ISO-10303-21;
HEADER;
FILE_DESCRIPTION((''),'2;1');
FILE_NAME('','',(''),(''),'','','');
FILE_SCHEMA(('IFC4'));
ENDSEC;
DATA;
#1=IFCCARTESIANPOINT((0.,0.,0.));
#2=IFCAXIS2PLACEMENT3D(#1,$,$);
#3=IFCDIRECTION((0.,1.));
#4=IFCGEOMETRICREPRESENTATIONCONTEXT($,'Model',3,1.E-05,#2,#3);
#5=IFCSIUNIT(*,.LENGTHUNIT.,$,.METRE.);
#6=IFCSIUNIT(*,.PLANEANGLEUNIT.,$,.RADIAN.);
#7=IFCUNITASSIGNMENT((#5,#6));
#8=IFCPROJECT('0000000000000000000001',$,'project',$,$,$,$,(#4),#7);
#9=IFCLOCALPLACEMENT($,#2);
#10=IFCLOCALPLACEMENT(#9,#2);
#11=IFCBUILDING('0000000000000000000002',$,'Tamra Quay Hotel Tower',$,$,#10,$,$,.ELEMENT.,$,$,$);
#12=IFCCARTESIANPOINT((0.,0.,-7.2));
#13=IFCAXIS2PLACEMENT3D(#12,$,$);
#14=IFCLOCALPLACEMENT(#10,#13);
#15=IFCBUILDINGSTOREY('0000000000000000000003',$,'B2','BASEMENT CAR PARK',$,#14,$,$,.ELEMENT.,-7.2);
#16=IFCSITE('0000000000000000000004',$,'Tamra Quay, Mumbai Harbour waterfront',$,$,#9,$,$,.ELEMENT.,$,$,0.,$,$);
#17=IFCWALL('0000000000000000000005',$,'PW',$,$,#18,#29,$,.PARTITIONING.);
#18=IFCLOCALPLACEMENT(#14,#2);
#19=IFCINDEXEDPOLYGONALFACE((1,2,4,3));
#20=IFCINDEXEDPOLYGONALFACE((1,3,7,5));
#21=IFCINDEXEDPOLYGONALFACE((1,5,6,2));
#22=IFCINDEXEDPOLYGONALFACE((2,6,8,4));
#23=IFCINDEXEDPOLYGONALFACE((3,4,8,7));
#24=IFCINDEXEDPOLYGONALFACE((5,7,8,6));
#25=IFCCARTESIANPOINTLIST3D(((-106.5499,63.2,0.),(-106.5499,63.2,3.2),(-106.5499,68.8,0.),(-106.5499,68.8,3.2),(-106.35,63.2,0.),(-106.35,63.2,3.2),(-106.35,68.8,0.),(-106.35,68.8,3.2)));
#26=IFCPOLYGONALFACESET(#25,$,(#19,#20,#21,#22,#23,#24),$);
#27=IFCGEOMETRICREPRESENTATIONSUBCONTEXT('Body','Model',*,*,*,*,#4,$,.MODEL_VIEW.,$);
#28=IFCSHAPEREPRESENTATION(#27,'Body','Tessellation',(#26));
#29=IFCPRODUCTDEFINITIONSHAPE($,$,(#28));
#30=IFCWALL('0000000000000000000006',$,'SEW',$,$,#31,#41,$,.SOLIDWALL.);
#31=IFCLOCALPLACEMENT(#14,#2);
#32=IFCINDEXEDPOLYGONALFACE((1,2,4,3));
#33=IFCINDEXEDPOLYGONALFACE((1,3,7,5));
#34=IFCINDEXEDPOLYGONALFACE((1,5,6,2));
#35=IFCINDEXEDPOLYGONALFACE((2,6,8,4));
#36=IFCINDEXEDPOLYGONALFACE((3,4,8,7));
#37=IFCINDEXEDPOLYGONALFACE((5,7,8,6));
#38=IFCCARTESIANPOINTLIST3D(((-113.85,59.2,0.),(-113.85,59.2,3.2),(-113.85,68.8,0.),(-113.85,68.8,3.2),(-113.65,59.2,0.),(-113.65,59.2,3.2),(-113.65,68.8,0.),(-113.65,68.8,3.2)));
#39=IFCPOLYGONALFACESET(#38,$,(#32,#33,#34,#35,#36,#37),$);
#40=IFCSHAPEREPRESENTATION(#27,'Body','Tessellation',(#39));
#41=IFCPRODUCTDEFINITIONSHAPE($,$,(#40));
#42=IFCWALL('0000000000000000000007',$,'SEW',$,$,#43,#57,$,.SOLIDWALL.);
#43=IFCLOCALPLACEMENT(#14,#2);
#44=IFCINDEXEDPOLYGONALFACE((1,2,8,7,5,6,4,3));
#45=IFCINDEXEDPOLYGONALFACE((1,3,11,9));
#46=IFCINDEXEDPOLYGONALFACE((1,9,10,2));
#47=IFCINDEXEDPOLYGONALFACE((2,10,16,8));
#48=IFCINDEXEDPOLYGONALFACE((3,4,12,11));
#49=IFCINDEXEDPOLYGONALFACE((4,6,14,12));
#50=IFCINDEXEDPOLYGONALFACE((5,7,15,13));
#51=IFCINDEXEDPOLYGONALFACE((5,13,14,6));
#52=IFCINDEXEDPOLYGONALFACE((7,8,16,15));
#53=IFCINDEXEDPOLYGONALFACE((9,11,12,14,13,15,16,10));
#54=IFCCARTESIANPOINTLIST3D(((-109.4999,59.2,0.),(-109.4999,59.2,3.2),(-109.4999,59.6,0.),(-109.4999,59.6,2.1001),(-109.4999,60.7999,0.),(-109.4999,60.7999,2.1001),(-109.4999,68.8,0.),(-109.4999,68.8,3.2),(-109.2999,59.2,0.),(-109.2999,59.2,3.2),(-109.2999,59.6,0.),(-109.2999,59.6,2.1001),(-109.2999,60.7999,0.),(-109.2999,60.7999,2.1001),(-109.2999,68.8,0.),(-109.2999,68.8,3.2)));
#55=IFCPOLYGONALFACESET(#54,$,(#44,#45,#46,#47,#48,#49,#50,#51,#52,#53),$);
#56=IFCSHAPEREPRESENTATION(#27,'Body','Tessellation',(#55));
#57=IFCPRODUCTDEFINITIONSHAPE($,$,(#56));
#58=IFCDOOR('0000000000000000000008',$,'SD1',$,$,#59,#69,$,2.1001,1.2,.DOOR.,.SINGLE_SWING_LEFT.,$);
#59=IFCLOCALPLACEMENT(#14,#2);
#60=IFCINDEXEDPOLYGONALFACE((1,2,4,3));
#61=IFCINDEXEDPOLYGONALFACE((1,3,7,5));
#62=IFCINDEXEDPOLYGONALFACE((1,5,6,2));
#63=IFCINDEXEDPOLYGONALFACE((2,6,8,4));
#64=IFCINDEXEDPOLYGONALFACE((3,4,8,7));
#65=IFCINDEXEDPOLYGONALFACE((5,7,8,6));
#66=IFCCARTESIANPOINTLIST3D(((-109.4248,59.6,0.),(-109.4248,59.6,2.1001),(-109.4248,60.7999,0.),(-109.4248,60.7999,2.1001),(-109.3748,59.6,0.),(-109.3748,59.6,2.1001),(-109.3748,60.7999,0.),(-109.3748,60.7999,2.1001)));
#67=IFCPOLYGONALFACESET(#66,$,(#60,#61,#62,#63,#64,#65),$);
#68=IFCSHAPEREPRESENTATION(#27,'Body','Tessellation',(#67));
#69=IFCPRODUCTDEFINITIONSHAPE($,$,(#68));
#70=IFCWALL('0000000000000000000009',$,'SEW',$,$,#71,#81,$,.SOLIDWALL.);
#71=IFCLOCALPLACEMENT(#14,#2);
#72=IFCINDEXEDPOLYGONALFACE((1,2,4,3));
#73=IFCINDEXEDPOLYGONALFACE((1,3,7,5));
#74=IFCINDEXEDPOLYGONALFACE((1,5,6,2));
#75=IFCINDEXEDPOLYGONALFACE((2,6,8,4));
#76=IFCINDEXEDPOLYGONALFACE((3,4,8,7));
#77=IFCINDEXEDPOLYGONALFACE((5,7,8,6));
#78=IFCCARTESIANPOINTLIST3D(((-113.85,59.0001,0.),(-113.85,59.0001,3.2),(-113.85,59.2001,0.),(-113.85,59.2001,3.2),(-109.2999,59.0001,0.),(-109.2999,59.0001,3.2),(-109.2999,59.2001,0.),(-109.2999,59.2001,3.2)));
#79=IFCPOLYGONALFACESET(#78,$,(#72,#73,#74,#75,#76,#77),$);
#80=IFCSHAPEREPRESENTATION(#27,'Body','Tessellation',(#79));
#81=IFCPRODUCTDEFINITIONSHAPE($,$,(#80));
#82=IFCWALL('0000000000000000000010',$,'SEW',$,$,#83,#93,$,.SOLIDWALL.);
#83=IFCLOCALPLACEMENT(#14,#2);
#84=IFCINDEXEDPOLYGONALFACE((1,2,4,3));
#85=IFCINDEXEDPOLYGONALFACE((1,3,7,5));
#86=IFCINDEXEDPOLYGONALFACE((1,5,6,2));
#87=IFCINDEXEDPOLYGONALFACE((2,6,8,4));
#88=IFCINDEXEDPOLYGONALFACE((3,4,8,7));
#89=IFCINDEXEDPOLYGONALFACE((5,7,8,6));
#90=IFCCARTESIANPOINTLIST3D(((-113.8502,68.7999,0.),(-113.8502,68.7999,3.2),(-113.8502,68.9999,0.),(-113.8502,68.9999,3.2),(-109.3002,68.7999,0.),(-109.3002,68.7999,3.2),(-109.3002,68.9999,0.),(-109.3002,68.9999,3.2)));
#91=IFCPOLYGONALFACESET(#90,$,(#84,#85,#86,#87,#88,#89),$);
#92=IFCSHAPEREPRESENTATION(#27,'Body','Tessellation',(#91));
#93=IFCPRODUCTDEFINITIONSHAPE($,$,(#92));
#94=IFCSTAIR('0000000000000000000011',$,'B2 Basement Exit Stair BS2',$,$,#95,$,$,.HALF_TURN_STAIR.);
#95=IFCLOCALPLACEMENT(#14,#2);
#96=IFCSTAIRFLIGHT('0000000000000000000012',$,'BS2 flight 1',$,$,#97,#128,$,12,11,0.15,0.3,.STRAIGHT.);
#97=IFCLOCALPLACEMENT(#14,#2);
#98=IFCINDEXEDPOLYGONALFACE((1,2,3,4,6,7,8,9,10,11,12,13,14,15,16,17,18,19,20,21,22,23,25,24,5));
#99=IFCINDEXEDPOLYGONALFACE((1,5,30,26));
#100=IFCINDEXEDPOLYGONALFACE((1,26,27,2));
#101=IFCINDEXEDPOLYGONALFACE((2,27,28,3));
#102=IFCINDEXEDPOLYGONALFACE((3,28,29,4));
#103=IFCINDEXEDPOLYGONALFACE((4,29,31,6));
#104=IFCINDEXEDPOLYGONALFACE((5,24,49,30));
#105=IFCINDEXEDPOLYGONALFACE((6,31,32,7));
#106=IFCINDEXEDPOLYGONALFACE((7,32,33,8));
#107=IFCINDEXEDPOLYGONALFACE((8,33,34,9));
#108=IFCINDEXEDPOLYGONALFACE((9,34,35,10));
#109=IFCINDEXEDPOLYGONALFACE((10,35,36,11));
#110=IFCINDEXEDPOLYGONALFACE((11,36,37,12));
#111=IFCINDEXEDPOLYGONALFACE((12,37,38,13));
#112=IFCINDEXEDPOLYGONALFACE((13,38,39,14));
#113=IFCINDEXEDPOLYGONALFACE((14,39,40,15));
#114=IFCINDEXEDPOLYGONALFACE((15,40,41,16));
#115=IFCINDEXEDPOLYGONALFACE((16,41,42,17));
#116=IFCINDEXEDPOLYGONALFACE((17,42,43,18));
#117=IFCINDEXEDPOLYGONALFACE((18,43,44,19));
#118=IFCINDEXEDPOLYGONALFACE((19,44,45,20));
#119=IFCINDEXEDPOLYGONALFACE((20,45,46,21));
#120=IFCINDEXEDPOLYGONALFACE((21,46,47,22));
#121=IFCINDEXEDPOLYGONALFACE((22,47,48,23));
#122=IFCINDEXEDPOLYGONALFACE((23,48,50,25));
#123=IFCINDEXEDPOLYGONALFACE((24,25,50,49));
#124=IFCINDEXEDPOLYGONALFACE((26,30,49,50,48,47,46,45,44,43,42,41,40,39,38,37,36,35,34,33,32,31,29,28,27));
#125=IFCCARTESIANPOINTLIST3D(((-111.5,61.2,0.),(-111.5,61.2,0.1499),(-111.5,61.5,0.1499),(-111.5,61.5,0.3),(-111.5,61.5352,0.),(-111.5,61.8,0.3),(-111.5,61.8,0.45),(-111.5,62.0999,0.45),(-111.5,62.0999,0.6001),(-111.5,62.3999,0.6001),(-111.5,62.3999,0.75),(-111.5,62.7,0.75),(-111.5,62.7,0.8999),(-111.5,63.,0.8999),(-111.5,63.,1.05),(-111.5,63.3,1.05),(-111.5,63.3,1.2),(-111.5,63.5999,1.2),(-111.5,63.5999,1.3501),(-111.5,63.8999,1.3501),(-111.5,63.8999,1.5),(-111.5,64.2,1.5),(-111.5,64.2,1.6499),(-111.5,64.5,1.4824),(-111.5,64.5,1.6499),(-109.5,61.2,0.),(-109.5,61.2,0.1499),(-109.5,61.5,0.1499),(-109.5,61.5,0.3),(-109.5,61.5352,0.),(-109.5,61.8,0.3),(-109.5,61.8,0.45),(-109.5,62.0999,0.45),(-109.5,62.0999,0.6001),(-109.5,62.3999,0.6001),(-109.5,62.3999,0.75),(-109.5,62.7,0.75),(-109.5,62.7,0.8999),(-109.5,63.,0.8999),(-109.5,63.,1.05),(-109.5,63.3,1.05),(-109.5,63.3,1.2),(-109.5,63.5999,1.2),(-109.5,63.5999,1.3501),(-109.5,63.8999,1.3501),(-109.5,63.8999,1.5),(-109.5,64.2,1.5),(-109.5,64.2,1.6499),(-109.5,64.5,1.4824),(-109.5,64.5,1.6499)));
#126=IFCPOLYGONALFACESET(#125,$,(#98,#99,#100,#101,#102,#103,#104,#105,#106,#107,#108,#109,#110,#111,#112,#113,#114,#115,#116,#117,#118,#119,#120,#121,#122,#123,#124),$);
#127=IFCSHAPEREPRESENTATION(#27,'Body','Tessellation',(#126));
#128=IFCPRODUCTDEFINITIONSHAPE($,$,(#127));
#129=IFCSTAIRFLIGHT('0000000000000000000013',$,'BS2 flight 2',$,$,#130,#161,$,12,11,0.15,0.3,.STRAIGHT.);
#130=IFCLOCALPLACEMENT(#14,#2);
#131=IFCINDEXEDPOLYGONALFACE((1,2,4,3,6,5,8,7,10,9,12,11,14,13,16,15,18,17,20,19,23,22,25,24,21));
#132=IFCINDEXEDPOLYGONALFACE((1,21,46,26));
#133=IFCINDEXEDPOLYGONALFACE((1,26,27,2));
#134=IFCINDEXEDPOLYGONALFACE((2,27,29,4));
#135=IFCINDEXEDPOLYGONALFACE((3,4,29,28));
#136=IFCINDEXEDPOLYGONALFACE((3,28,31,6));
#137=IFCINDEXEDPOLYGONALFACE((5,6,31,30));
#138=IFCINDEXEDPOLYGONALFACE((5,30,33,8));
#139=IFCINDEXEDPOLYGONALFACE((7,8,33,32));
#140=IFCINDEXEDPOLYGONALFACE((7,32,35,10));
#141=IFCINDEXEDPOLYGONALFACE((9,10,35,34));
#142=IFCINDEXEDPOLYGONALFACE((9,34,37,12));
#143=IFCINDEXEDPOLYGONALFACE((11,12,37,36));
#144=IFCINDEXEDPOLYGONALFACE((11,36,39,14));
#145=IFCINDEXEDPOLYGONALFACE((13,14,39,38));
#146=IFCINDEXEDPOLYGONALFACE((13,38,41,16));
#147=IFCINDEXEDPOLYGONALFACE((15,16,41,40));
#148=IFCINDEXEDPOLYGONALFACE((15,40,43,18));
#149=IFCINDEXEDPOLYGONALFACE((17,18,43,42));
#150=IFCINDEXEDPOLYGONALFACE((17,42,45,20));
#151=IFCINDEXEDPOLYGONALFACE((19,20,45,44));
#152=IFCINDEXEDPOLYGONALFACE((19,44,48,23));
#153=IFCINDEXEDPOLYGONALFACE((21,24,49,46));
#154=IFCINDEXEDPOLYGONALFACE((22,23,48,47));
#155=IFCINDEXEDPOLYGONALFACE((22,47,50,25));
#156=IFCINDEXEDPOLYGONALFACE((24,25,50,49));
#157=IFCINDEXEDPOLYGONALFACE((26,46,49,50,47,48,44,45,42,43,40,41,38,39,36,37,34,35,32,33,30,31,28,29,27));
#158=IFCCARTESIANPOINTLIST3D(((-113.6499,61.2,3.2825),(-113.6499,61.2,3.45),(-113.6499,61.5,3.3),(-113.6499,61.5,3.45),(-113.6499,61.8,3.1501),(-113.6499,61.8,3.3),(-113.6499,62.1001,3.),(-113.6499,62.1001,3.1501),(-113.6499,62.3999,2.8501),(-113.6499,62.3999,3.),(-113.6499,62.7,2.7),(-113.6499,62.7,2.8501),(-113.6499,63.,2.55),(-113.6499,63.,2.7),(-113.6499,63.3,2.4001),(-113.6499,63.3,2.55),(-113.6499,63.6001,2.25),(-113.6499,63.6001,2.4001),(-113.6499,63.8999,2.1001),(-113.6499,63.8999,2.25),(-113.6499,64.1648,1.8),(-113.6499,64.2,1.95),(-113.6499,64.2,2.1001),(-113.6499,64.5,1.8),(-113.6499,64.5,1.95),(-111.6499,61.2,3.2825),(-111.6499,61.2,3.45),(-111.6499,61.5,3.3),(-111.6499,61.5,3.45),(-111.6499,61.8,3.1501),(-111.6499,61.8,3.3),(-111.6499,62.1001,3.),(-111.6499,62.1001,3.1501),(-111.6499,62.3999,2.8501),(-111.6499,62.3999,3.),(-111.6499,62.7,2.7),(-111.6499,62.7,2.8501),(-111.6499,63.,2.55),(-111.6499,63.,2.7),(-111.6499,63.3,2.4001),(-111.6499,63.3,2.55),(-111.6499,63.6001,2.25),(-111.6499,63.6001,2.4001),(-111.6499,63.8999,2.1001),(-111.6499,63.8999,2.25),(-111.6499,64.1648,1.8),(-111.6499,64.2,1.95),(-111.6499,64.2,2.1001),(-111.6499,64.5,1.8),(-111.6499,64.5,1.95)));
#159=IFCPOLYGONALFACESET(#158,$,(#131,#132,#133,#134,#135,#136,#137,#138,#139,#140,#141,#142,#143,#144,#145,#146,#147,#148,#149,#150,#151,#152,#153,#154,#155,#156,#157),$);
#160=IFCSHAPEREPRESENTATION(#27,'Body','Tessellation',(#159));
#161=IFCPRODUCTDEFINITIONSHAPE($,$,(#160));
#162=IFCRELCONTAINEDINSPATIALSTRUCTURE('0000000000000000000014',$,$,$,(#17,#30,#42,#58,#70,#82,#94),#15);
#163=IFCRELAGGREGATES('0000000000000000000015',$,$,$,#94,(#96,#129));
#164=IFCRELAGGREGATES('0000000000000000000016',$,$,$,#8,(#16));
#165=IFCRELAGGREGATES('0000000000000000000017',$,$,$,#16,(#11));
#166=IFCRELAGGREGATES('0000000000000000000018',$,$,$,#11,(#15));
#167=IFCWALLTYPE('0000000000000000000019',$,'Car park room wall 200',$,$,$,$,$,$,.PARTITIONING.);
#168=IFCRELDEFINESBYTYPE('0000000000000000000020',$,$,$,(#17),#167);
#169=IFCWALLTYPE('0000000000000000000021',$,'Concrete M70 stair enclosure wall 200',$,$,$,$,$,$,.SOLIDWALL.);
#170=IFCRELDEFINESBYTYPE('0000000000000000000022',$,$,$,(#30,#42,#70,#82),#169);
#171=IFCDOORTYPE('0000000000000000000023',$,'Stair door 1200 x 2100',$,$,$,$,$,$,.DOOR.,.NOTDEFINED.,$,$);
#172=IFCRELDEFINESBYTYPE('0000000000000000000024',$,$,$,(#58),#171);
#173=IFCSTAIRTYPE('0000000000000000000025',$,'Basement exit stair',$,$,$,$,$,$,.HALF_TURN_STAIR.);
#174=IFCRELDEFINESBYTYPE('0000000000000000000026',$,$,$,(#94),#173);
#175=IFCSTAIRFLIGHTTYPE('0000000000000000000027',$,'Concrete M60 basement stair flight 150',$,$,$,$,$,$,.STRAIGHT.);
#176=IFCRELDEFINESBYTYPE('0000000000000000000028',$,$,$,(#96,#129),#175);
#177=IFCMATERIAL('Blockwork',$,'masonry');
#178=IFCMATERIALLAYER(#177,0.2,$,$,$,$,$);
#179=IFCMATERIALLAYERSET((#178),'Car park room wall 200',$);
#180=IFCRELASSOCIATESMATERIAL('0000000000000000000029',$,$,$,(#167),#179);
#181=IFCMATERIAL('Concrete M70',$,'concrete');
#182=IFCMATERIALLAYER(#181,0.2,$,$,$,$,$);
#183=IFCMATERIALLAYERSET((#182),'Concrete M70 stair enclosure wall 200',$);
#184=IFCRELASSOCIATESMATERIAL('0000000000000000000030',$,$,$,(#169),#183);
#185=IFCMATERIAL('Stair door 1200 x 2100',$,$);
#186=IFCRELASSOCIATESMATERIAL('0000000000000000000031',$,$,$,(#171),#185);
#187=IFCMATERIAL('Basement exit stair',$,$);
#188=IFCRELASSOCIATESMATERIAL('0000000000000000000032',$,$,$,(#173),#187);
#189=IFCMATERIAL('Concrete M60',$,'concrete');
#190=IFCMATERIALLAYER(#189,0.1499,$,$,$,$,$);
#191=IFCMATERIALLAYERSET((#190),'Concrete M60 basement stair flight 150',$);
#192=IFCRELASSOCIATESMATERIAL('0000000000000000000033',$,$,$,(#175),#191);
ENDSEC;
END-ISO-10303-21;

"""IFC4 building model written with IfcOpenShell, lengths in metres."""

from ifc_helpers import new_model, si_unit, direction, frame, frame_2d, origin, place, context, subcontext, project, spatial, polyline, rectangle, outline, extrude, material, layer, layer_set, type_object, element, fill, aggregate, save


model = new_model("IFC4")

# Units and contexts
model_context = context("Model", 3, precision=1e-05, world=origin(), true_north=direction((0.0, 1.0)))
body_context = subcontext(model_context, "Body", "Model", "MODEL_VIEW")
ifc_project = project(units=[si_unit("LENGTHUNIT", "METRE"), si_unit("PLANEANGLEUNIT", "RADIAN")], contexts=[model_context])

# Site, building, storey
site_placement = place(None, origin())
site = spatial("IfcSite", under=ifc_project, at=site_placement, Name="Tamra Quay, Mumbai Harbour waterfront", CompositionType="ELEMENT", RefElevation=0.0)
building_placement = place(site_placement, origin())
building = spatial("IfcBuilding", under=site, at=building_placement, Name="Tamra Quay Hotel Tower", CompositionType="ELEMENT")
storey_placement = place(building_placement, frame((0.0, 0.0, -7.2)))
storey = spatial("IfcBuildingStorey", under=building, at=storey_placement, Name="B2", Description="BASEMENT CAR PARK", CompositionType="ELEMENT", Elevation=-7.2)

# Shared definitions
ifc_material_1 = material(Name="Concrete M70", Category="concrete")

# Shared definitions
ifc_material_2 = material(Name="Blockwork", Category="masonry")
ifc_layer_1 = layer(ifc_material_2, 0.2)
ifc_layer_set_1 = layer_set([ifc_layer_1], Name="Car park room wall 200")
wall_type_1 = type_object("IfcWallType", Name="Car park room wall 200", PredefinedType="PARTITIONING", material=ifc_layer_set_1)

# Walls
wall_1_placement = place(storey_placement, frame((-106.45, 63.2, 0.0), z_axis=(0.0, 0.0, 1.0), x_axis=(0.0, 1.0, 0.0)))
element("IfcWall", 1, at=wall_1_placement, inside=storey, type_object=wall_type_1, Name="PW", PredefinedType="PARTITIONING", context=body_context, shape_type="SweptSolid", body=[
    extrude(rectangle(XDim=5.6001, YDim=0.2, at=frame_2d((2.8, 0.0))), origin(), (0.0, 0.0, 1.0), 3.2),
])
ifc_layer_2 = layer(ifc_material_1, 0.2)
ifc_layer_set_2 = layer_set([ifc_layer_2], Name="Concrete M70 stair enclosure wall 200")
wall_type_2 = type_object("IfcWallType", Name="Concrete M70 stair enclosure wall 200", PredefinedType="SOLIDWALL", material=ifc_layer_set_2)
wall_2_placement = place(storey_placement, frame((-113.75, 59.2, 0.0), z_axis=(0.0, 0.0, 1.0), x_axis=(0.0, 1.0, 0.0)))
element("IfcWall", 2, at=wall_2_placement, inside=storey, type_object=wall_type_2, Name="SEW", PredefinedType="SOLIDWALL", context=body_context, shape_type="SweptSolid", body=[
    extrude(rectangle(XDim=9.6001, YDim=0.2, at=frame_2d((4.8, 0.0))), origin(), (0.0, 0.0, 1.0), 3.2),
])

# Wall, opening, door
wall_3_placement = place(storey_placement, frame((-109.3999, 59.2, 0.0), z_axis=(0.0, 0.0, 1.0), x_axis=(0.0, 1.0, 0.0)))
wall_3 = element("IfcWall", 3, at=wall_3_placement, inside=storey, type_object=wall_type_2, Name="SEW", PredefinedType="SOLIDWALL", context=body_context, shape_type="SweptSolid", body=[
    extrude(rectangle(XDim=9.6001, YDim=0.2, at=frame_2d((4.8, 0.0))), origin(), (0.0, 0.0, 1.0), 3.2),
])
opening_1_placement = place(wall_3_placement, frame((0.3999, 0.0, 0.0)))
opening_1 = element("IfcOpeningElement", 4, at=opening_1_placement, cuts=wall_3, PredefinedType="OPENING", context=body_context, shape_type="SweptSolid", body=[
    extrude(rectangle(XDim=1.2, YDim=2.1001, at=frame_2d((0.6001, 1.05))), frame((0.0, 0.1099, 0.0), z_axis=(0.0, -1.0, 0.0), x_axis=(1.0, 0.0, 0.0)), (0.0, 0.0, 1.0), 0.22),
])
ifc_material_3 = material(Name="Stair door 1200 x 2100")
door_type_1 = type_object("IfcDoorType", Name="Stair door 1200 x 2100", OperationType="NOTDEFINED", PredefinedType="DOOR", material=ifc_material_3)
door_1_placement = place(opening_1_placement, origin())
door_1 = element("IfcDoor", 5, at=door_1_placement, inside=storey, type_object=door_type_1, Name="SD1", OperationType="SINGLE_SWING_LEFT", OverallHeight=2.1001, OverallWidth=1.2, PredefinedType="DOOR", context=body_context, shape_type="SweptSolid", body=[
    extrude(rectangle(XDim=1.2, YDim=2.1001, at=frame_2d((0.6001, 1.05))), frame((0.0, 0.0249, 0.0), z_axis=(0.0, -1.0, 0.0), x_axis=(1.0, 0.0, 0.0)), (0.0, 0.0, 1.0), 0.05),
])
fill(opening_1, door_1)

# Walls
for number, where, z_axis, x_axis, name in (
    (6, (-109.3, 59.1001, 0.0), (0.0, 0.0, 1.0), (-1.0, 0.0, 0.0), "SEW"),
    (7, (-113.8501, 68.8999, 0.0), (0.0, 0.0, 1.0), (1.0, 0.0, 0.0), "SEW"),
):
    element("IfcWall", number, at=place(storey_placement, frame(where, z_axis=z_axis, x_axis=x_axis)), inside=storey, type_object=wall_type_2, Name=name, PredefinedType="SOLIDWALL", context=body_context, shape_type="SweptSolid", body=[
        extrude(rectangle(XDim=4.55, YDim=0.2, at=frame_2d((2.2749, 0.0))), origin(), (0.0, 0.0, 1.0), 3.2),
    ])

# Stair, stair flights
ifc_material_4 = material(Name="Basement exit stair")
stair_type = type_object("IfcStairType", Name="Basement exit stair", PredefinedType="HALF_TURN_STAIR", material=ifc_material_4)
stair_placement = place(storey_placement, origin())
stair = element("IfcStair", 8, at=stair_placement, inside=storey, type_object=stair_type, Name="B2 Basement Exit Stair BS2", PredefinedType="HALF_TURN_STAIR")
ifc_material_5 = material(Name="Concrete M60", Category="concrete")
ifc_layer_3 = layer(ifc_material_5, 0.1499)
ifc_layer_set_3 = layer_set([ifc_layer_3], Name="Concrete M60 basement stair flight 150")
stair_flight_type = type_object("IfcStairFlightType", Name="Concrete M60 basement stair flight 150", PredefinedType="STRAIGHT", material=ifc_layer_set_3)
stair_flight_1_placement = place(storey_placement, frame((-110.5, 61.2, 0.0), z_axis=(0.0, 0.0, 1.0), x_axis=(0.0, 1.0, 0.0)))
stair_flight_1 = element("IfcStairFlight", 9, at=stair_flight_1_placement, type_object=stair_flight_type, Name="BS2 flight 1", NumberOfRisers=12, NumberOfTreads=11, PredefinedType="STRAIGHT", RiserHeight=0.15, TreadLength=0.3, context=body_context, shape_type="SweptSolid", body=[
    extrude(outline(polyline([(0.0, 0.0), (0.0, 0.1499), (0.3, 0.1499), (0.3, 0.3), (0.6001, 0.3), (0.6001, 0.45), (0.8999, 0.45), (0.8999, 0.6001), (1.2, 0.6001), (1.2, 0.75), (1.5, 0.75), (1.5, 0.8999), (1.8, 0.8999), (1.8, 1.05), (2.1001, 1.05), (2.1001, 1.2), (2.3999, 1.2), (2.3999, 1.3501), (2.7, 1.3501), (2.7, 1.5), (3.0, 1.5), (3.0, 1.6499), (3.3, 1.6499), (3.3, 1.8), (3.3, 1.4824), (0.3352, 0.0), (0.0, 0.0)])), frame((0.0, 1.0, 0.0), z_axis=(0.0, -1.0, 0.0), x_axis=(1.0, 0.0, 0.0)), (0.0, 0.0, 1.0), 2.0),
])
stair_flight_2_placement = place(storey_placement, frame((-112.6499, 64.5, 1.8), z_axis=(0.0, 0.0, 1.0), x_axis=(0.0, -1.0, 0.0)))
stair_flight_2 = element("IfcStairFlight", 10, at=stair_flight_2_placement, type_object=stair_flight_type, Name="BS2 flight 2", NumberOfRisers=12, NumberOfTreads=11, PredefinedType="STRAIGHT", RiserHeight=0.15, TreadLength=0.3, context=body_context, shape_type="SweptSolid", body=[
    extrude(outline(polyline([(0.0, 0.0), (0.0, 0.1499), (0.3, 0.1499), (0.3, 0.3), (0.6001, 0.3), (0.6001, 0.45), (0.8999, 0.45), (0.8999, 0.6001), (1.2, 0.6001), (1.2, 0.75), (1.5, 0.75), (1.5, 0.8999), (1.8, 0.8999), (1.8, 1.05), (2.1001, 1.05), (2.1001, 1.2), (2.3999, 1.2), (2.3999, 1.3501), (2.7, 1.3501), (2.7, 1.5), (3.0, 1.5), (3.0, 1.6499), (3.3, 1.6499), (3.3, 1.8), (3.3, 1.4824), (0.3352, 0.0), (0.0, 0.0)])), frame((0.0, 1.0, 0.0), z_axis=(0.0, -1.0, 0.0), x_axis=(1.0, 0.0, 0.0)), (0.0, 0.0, 1.0), 2.0),
])
aggregate(stair, [stair_flight_1, stair_flight_2])

save(model, "model.ifc")
